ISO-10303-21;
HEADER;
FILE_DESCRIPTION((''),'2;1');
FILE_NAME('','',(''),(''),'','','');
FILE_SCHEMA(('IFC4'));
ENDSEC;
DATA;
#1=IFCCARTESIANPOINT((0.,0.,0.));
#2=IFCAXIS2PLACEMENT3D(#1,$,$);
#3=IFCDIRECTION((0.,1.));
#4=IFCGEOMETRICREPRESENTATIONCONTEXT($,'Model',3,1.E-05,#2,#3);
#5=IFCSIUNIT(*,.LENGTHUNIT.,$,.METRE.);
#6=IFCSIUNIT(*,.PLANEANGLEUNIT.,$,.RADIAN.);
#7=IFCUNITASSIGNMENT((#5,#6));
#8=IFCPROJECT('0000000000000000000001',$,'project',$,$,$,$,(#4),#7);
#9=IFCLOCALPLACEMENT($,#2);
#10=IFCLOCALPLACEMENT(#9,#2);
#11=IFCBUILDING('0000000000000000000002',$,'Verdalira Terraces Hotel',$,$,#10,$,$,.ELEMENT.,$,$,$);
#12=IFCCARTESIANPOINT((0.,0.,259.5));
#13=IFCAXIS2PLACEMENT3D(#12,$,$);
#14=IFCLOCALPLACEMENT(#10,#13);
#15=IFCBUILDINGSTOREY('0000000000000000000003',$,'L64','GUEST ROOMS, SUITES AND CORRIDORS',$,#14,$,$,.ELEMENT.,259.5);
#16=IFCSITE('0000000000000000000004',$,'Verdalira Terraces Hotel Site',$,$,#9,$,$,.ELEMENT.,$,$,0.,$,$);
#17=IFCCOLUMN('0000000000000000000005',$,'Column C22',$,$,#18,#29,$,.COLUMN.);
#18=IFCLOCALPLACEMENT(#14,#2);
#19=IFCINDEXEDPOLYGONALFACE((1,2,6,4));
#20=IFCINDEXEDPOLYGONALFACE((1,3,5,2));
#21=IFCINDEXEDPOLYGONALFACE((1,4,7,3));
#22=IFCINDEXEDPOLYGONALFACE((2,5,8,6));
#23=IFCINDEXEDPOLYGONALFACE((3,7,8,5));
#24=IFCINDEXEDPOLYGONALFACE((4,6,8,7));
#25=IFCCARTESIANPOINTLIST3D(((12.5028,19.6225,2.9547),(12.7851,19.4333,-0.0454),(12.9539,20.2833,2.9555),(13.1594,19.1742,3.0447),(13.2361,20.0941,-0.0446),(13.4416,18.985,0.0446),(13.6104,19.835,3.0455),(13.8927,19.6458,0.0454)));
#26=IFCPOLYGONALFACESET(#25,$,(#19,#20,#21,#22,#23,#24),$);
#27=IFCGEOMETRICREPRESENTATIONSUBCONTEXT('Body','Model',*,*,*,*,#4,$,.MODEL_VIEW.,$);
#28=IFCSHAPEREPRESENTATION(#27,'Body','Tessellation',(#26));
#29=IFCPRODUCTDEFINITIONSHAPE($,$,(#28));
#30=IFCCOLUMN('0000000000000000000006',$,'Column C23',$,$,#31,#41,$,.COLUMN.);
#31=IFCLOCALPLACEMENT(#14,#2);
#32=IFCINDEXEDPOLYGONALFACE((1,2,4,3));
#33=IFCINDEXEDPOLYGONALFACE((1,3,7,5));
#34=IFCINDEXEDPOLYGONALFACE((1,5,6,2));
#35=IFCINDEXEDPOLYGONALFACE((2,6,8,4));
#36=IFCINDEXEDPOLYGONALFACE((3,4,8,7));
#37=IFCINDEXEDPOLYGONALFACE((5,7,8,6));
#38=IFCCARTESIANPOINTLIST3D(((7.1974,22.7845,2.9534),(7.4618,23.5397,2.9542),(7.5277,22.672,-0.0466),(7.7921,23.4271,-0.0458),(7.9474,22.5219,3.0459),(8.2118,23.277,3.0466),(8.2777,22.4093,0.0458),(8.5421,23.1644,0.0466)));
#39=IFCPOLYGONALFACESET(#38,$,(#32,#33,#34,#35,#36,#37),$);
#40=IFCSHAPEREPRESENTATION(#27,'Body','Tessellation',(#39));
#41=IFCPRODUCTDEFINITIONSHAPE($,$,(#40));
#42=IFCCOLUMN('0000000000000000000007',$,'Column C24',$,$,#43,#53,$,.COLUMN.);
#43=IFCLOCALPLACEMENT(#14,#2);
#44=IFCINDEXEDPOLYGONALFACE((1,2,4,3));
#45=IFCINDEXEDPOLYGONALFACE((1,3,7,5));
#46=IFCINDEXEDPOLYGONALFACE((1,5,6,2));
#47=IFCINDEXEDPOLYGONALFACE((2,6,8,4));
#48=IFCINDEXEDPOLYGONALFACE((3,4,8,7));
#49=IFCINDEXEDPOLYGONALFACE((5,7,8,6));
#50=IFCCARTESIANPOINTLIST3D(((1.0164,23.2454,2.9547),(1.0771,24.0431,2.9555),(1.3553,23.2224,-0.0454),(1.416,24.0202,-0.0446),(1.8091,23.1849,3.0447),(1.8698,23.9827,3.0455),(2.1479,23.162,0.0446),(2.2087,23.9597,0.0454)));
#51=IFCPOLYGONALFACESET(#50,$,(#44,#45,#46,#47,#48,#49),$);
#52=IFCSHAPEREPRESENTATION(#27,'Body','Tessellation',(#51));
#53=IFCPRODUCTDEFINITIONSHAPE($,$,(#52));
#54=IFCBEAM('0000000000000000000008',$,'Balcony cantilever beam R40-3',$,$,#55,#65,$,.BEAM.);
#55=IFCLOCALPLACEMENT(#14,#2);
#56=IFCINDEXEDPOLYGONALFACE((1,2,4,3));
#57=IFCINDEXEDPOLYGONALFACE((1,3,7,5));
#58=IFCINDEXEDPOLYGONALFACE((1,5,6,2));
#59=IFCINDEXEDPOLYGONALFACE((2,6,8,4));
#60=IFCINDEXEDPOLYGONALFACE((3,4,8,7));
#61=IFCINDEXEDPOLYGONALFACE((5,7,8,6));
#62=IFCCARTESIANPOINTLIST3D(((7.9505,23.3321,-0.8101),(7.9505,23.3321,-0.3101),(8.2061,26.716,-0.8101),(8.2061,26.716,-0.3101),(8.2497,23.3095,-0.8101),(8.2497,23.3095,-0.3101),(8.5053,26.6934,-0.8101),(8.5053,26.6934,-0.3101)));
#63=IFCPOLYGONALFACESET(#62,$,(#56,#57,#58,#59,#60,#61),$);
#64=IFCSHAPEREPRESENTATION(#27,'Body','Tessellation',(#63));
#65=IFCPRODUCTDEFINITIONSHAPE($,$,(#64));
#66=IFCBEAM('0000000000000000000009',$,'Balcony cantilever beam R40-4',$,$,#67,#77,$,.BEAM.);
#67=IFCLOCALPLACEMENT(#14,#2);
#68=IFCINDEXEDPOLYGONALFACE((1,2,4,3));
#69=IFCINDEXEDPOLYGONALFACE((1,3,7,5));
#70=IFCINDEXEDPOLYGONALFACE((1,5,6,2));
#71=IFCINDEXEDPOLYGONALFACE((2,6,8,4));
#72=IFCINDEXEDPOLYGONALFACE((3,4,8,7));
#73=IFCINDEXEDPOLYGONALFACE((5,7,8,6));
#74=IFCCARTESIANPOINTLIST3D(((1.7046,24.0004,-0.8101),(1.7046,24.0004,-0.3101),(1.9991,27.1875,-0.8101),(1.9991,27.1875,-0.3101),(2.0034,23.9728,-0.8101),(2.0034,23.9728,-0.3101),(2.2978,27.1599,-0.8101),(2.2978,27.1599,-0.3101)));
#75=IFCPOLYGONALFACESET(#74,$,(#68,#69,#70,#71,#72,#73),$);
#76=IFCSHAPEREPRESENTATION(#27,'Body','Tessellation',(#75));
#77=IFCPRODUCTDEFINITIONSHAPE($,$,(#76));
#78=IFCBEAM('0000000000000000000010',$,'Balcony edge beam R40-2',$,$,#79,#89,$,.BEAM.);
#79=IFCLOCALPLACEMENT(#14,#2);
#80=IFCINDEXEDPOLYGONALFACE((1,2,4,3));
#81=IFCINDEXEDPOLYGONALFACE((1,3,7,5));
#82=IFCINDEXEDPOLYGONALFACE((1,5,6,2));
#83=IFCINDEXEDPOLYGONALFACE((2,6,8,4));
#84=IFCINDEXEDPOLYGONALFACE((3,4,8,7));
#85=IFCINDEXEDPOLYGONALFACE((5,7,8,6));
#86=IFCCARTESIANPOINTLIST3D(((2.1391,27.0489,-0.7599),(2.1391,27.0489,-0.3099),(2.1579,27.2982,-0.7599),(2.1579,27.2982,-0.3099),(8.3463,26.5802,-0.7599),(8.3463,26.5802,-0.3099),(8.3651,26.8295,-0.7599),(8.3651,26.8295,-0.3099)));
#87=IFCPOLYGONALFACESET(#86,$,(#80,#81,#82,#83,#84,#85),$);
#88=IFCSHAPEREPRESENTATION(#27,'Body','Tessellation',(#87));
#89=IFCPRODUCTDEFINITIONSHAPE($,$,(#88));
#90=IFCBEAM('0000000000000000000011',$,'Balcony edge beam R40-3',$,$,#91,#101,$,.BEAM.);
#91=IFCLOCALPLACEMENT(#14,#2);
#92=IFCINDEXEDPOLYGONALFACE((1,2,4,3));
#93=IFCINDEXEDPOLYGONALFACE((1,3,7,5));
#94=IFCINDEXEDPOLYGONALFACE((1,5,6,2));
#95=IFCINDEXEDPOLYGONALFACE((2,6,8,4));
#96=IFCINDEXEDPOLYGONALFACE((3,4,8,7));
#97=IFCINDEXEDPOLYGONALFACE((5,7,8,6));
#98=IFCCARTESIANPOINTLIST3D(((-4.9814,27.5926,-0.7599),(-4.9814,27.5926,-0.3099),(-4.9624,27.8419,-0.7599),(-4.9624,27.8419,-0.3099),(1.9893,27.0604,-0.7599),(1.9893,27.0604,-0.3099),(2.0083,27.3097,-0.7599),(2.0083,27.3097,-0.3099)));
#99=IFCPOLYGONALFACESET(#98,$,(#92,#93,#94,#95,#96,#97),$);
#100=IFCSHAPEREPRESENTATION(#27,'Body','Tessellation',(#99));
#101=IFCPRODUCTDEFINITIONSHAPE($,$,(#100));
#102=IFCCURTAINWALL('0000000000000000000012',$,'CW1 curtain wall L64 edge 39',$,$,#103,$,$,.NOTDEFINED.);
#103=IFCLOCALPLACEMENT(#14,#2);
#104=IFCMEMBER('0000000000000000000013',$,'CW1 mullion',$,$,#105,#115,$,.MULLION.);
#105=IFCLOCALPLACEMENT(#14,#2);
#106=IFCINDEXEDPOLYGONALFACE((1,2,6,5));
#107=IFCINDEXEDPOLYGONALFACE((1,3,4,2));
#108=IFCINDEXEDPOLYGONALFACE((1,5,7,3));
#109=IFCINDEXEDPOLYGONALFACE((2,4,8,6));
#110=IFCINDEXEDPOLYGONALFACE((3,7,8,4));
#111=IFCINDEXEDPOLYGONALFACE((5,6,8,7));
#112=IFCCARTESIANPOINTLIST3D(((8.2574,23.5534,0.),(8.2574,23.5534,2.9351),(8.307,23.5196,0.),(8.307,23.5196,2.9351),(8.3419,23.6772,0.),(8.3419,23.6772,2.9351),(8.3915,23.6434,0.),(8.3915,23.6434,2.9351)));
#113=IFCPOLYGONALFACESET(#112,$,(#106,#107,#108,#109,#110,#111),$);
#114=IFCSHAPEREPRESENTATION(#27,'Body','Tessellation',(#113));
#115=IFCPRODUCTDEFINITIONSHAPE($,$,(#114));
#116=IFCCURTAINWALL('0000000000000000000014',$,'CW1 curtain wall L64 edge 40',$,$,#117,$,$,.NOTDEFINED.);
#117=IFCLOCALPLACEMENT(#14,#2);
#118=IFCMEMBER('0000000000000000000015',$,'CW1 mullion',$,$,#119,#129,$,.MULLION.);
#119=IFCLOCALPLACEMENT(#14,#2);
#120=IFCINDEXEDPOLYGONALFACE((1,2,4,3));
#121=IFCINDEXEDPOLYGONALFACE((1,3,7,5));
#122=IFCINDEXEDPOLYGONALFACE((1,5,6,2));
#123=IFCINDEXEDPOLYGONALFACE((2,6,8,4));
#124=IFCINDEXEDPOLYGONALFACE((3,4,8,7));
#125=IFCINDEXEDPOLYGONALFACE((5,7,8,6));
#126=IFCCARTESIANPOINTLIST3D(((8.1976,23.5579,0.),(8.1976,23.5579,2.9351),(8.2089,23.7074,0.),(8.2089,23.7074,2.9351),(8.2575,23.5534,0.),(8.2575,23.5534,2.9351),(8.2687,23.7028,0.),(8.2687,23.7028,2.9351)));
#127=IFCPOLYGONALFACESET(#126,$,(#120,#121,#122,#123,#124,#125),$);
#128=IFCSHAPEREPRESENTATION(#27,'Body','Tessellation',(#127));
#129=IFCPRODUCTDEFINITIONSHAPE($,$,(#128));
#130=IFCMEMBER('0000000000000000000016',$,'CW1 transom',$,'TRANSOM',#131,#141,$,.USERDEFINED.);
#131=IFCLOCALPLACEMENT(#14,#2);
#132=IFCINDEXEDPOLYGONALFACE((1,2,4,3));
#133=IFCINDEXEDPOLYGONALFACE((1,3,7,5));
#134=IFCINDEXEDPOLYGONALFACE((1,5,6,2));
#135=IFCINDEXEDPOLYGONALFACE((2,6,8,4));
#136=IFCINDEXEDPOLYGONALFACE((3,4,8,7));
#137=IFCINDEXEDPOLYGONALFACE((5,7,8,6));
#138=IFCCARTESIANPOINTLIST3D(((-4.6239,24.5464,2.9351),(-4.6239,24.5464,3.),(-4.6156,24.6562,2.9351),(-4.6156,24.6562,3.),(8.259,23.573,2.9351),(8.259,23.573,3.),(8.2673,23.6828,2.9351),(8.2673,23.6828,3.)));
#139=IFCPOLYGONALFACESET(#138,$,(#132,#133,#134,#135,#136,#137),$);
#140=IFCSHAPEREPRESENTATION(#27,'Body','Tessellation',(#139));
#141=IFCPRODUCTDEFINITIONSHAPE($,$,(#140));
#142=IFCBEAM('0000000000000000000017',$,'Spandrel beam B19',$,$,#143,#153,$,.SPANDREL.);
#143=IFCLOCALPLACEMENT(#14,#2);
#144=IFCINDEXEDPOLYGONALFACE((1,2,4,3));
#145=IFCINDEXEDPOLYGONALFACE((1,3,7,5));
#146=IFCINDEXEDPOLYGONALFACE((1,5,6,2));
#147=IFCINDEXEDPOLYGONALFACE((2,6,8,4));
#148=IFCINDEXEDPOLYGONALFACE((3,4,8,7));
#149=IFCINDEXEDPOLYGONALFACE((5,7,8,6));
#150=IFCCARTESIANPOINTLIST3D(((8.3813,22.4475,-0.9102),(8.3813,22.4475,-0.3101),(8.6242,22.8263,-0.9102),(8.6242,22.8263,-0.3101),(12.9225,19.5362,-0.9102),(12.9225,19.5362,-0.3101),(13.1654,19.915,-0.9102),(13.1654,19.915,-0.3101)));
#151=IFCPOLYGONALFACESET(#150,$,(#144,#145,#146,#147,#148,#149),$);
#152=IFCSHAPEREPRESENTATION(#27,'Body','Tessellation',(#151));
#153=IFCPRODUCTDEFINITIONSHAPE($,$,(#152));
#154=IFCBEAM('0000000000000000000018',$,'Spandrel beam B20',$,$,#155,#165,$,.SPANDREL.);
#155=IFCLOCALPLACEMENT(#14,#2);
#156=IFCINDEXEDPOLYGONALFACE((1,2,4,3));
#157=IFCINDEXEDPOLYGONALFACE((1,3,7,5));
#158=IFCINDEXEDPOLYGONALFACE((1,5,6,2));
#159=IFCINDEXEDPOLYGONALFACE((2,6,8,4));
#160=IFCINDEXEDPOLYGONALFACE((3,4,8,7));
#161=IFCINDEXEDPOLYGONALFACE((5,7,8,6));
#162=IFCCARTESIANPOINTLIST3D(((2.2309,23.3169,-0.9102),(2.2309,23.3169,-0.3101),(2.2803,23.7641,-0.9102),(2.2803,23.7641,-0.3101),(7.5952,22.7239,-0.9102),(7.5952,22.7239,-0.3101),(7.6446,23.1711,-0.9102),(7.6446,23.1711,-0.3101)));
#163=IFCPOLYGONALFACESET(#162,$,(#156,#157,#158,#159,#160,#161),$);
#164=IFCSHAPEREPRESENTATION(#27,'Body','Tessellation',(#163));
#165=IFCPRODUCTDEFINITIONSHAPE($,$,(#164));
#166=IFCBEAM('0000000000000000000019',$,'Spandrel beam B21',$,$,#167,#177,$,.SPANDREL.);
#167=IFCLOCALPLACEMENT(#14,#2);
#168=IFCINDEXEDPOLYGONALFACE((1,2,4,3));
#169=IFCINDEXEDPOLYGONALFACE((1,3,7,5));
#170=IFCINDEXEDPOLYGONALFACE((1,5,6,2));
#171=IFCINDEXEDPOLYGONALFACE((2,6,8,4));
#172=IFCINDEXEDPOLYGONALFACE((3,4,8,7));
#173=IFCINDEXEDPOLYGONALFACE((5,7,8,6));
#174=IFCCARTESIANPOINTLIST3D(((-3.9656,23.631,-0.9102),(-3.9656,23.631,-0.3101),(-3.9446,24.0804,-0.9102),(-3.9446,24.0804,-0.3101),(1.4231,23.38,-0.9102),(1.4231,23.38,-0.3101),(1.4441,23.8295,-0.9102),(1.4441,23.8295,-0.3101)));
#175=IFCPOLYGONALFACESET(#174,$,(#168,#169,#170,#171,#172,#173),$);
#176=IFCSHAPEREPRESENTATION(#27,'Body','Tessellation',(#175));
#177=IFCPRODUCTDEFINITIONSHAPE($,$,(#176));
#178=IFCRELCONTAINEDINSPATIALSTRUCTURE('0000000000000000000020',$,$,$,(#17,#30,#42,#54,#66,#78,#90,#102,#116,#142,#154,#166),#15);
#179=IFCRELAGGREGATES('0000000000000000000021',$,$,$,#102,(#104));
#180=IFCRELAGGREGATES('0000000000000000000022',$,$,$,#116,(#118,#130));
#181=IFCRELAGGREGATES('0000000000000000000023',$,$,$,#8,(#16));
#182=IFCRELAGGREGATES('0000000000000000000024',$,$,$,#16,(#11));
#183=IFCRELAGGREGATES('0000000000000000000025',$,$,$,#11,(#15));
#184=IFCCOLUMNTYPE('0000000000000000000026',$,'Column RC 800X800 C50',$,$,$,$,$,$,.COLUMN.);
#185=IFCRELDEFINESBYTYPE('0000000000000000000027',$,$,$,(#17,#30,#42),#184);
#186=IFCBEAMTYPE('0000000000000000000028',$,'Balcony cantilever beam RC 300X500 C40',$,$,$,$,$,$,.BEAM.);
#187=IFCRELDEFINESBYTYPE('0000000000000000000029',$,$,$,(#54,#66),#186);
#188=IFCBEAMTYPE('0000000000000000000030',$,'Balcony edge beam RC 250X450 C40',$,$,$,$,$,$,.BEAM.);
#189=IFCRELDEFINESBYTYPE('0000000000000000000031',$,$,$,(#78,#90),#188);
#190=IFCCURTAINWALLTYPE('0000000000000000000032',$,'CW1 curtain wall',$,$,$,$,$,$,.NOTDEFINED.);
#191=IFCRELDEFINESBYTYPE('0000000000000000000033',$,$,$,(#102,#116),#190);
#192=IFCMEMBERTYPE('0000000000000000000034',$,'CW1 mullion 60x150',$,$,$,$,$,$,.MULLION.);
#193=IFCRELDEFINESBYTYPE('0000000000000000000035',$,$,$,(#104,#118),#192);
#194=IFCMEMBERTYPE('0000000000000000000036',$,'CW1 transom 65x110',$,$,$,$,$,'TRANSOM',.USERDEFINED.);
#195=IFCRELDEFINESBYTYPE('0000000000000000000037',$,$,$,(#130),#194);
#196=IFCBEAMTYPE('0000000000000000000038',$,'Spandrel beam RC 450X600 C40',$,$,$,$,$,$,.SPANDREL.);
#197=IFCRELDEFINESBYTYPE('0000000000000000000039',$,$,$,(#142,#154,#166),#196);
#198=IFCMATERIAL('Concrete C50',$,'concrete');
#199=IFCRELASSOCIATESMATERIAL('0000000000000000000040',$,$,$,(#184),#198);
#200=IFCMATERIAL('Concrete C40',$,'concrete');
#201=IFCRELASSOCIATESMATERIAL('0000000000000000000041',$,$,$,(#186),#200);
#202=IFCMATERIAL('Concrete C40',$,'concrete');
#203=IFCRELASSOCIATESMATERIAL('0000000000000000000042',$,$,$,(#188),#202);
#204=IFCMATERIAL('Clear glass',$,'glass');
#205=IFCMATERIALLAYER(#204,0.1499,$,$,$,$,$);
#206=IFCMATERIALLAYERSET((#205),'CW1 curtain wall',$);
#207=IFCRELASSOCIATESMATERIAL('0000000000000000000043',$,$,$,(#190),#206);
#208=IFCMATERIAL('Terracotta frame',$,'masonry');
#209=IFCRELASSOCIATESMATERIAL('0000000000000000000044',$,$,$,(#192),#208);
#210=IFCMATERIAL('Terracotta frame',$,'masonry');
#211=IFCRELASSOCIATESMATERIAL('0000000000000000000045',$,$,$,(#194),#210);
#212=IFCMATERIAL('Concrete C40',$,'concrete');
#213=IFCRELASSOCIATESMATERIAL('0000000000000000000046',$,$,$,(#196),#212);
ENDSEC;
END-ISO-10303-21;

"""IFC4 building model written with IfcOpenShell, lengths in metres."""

from ifc_helpers import new_model, si_unit, direction, frame, origin, origin_2d, place, context, subcontext, project, spatial, rectangle, extrude, material, layer, layer_set, material_profile, profile_set, type_object, element, aggregate, save


model = new_model("IFC4")

# Units and contexts
model_context = context("Model", 3, precision=1e-05, world=origin(), true_north=direction((0.0, 1.0)))
body_context = subcontext(model_context, "Body", "Model", "MODEL_VIEW")
ifc_project = project(units=[si_unit("LENGTHUNIT", "METRE"), si_unit("PLANEANGLEUNIT", "RADIAN")], contexts=[model_context])

# Site, building, storey
site_placement = place(None, origin())
site = spatial("IfcSite", under=ifc_project, at=site_placement, Name="Verdalira Terraces Hotel Site", CompositionType="ELEMENT", RefElevation=0.0)
building_placement = place(site_placement, origin())
building = spatial("IfcBuilding", under=site, at=building_placement, Name="Verdalira Terraces Hotel", CompositionType="ELEMENT")
storey_placement = place(building_placement, frame((0.0, 0.0, 259.5)))
storey = spatial("IfcBuildingStorey", under=building, at=storey_placement, Name="L64", Description="GUEST ROOMS, SUITES AND CORRIDORS", CompositionType="ELEMENT", Elevation=259.5)

# Columns
ifc_material_1 = material(Name="Concrete C50", Category="concrete")
ifc_material_profile_1 = material_profile(ifc_material_1, rectangle(XDim=0.8, YDim=0.8, at=origin_2d()), Name="RC 800X800")
ifc_profile_set_1 = profile_set([ifc_material_profile_1], Name="Concrete C50")
column_type = type_object("IfcColumnType", Name="Column RC 800X800 C50", PredefinedType="COLUMN", material=ifc_profile_set_1)
column_1_placement = place(storey_placement, frame((13.3389, 19.5396, 0.0), z_axis=(-0.093478, 0.062669, 0.993647), x_axis=(-0.820609, 0.5603, -0.112537)))
element("IfcColumn", 1, at=column_1_placement, inside=storey, type_object=column_type, Name="Column C22", PredefinedType="COLUMN", context=body_context, shape_type="SweptSolid", body=[
    extrude(rectangle(XDim=0.8, YDim=0.8, at=origin_2d()), origin(), (0.0, 0.0, 1.0), 3.0193),
])
column_2_placement = place(storey_placement, frame((8.0349, 22.9182, 0.0), z_axis=(-0.10937, 0.037265, 0.993302), x_axis=(0.93747, -0.328328, 0.11554)))
element("IfcColumn", 2, at=column_2_placement, inside=storey, type_object=column_type, Name="Column C23", PredefinedType="COLUMN", context=body_context, shape_type="SweptSolid", body=[
    extrude(rectangle(XDim=0.8, YDim=0.8, at=origin_2d()), origin(), (0.0, 0.0, 1.0), 3.0203),
])
column_3_placement = place(storey_placement, frame((1.782, 23.5911, 0.0), z_axis=(-0.112239, 0.007601, 0.993652), x_axis=(-0.990776, 0.07555, -0.112492)))
element("IfcColumn", 3, at=column_3_placement, inside=storey, type_object=column_type, Name="Column C24", PredefinedType="COLUMN", context=body_context, shape_type="SweptSolid", body=[
    extrude(rectangle(XDim=0.8, YDim=0.8, at=origin_2d()), origin(), (0.0, 0.0, 1.0), 3.0193),
])

# Beams
ifc_material_2 = material(Name="Concrete C40", Category="concrete")
ifc_material_profile_2 = material_profile(ifc_material_2, rectangle(XDim=0.3, YDim=0.5, at=origin_2d()), Name="RC 300X500")
ifc_profile_set_2 = profile_set([ifc_material_profile_2], Name="Concrete C40")
beam_type_1 = type_object("IfcBeamType", Name="Balcony cantilever beam RC 300X500 C40", PredefinedType="BEAM", material=ifc_profile_set_2)
beam_1_placement = place(storey_placement, frame((8.1001, 23.3208, -0.5601), z_axis=(0.075321, 0.997159, 0.0), x_axis=(-0.997159, 0.075321, 0.0)))
element("IfcBeam", 4, at=beam_1_placement, inside=storey, type_object=beam_type_1, Name="Balcony cantilever beam R40-3", PredefinedType="BEAM", context=body_context, shape_type="SweptSolid", body=[
    extrude(rectangle(XDim=0.3, YDim=0.5, at=origin_2d()), origin(), (0.0, 0.0, 1.0), 3.3936),
])
beam_2_placement = place(storey_placement, frame((1.854, 23.9866, -0.5601), z_axis=(0.091994, 0.99576, 0.0), x_axis=(-0.99576, 0.091994, 0.0)))
element("IfcBeam", 5, at=beam_2_placement, inside=storey, type_object=beam_type_1, Name="Balcony cantilever beam R40-4", PredefinedType="BEAM", context=body_context, shape_type="SweptSolid", body=[
    extrude(rectangle(XDim=0.3, YDim=0.5, at=origin_2d()), origin(), (0.0, 0.0, 1.0), 3.2007),
])
ifc_material_3 = material(Name="Concrete C40", Category="concrete")
ifc_material_profile_3 = material_profile(ifc_material_3, rectangle(XDim=0.25, YDim=0.45, at=origin_2d()), Name="RC 250X450")
ifc_profile_set_3 = profile_set([ifc_material_profile_3], Name="Concrete C40")
beam_type_2 = type_object("IfcBeamType", Name="Balcony edge beam RC 250X450 C40", PredefinedType="BEAM", material=ifc_profile_set_3)
beam_3_placement = place(storey_placement, frame((8.3557, 26.7048, -0.5349), z_axis=(-0.997161, 0.075302, 0.0), x_axis=(-0.075302, -0.997161, 0.0)))
element("IfcBeam", 6, at=beam_3_placement, inside=storey, type_object=beam_type_2, Name="Balcony edge beam R40-2", PredefinedType="BEAM", context=body_context, shape_type="SweptSolid", body=[
    extrude(rectangle(XDim=0.25, YDim=0.45, at=origin_2d()), origin(), (0.0, 0.0, 1.0), 6.2249),
])
beam_4_placement = place(storey_placement, frame((1.9988, 27.1851, -0.5349), z_axis=(-0.997098, 0.07613, 0.0), x_axis=(-0.07613, -0.997098, 0.0)))
element("IfcBeam", 7, at=beam_4_placement, inside=storey, type_object=beam_type_2, Name="Balcony edge beam R40-3", PredefinedType="BEAM", context=body_context, shape_type="SweptSolid", body=[
    extrude(rectangle(XDim=0.25, YDim=0.45, at=origin_2d()), origin(), (0.0, 0.0, 1.0), 6.991),
])

# Curtain wall, member
ifc_material_4 = material(Name="Clear glass", Category="glass")
ifc_layer_1 = layer(ifc_material_4, 0.1499)
ifc_layer_set_1 = layer_set([ifc_layer_1], Name="CW1 curtain wall")
curtain_wall_type_1 = type_object("IfcCurtainWallType", Name="CW1 curtain wall", PredefinedType="NOTDEFINED", material=ifc_layer_set_1)
curtain_wall_1_placement = place(storey_placement, origin())
curtain_wall_1 = element("IfcCurtainWall", 8, at=curtain_wall_1_placement, inside=storey, type_object=curtain_wall_type_1, Name="CW1 curtain wall L64 edge 39", PredefinedType="NOTDEFINED")
ifc_material_5 = material(Name="Terracotta frame", Category="masonry")
ifc_material_profile_4 = material_profile(ifc_material_5, rectangle(XDim=0.0601, YDim=0.1499, at=origin_2d()), Name="MU 60x150")
ifc_profile_set_4 = profile_set([ifc_material_profile_4], Name="Terracotta frame")
member_type_1 = type_object("IfcMemberType", Name="CW1 mullion 60x150", PredefinedType="MULLION", material=ifc_profile_set_4)
member_1_placement = place(storey_placement, frame((8.3245, 23.5984, 0.0), z_axis=(0.0, 0.0, 1.0), x_axis=(-0.825902, 0.563814, 0.0)))
member_1 = element("IfcMember", 9, at=member_1_placement, type_object=member_type_1, Name="CW1 mullion", PredefinedType="MULLION", context=body_context, shape_type="SweptSolid", body=[
    extrude(rectangle(XDim=0.0601, YDim=0.1499, at=origin_2d()), origin(), (0.0, 0.0, 1.0), 2.9351),
])

# Curtain wall, members
curtain_wall_2_placement = place(storey_placement, origin())
curtain_wall_2 = element("IfcCurtainWall", 10, at=curtain_wall_2_placement, inside=storey, type_object=curtain_wall_type_1, Name="CW1 curtain wall L64 edge 40", PredefinedType="NOTDEFINED")
member_2_placement = place(storey_placement, frame((8.2332, 23.6304, 0.0), z_axis=(0.0, 0.0, 1.0), x_axis=(-0.997159, 0.075327, 0.0)))
member_2 = element("IfcMember", 11, at=member_2_placement, type_object=member_type_1, Name="CW1 mullion", PredefinedType="MULLION", context=body_context, shape_type="SweptSolid", body=[
    extrude(rectangle(XDim=0.0601, YDim=0.1499, at=origin_2d()), origin(), (0.0, 0.0, 1.0), 2.9351),
])
ifc_material_6 = material(Name="Terracotta frame", Category="masonry")
ifc_material_profile_5 = material_profile(ifc_material_6, rectangle(XDim=0.1101, YDim=0.0649, at=origin_2d()), Name="TR 65x110")
ifc_profile_set_5 = profile_set([ifc_material_profile_5], Name="Terracotta frame")
member_type_2 = type_object("IfcMemberType", Name="CW1 transom 65x110", ElementType="TRANSOM", PredefinedType="USERDEFINED", material=ifc_profile_set_5)
member_3_placement = place(storey_placement, frame((8.2632, 23.6279, 2.9675), z_axis=(-0.997158, 0.075341, 0.0), x_axis=(-0.075341, -0.997158, 0.0)))
member_3 = element("IfcMember", 12, at=member_3_placement, type_object=member_type_2, Name="CW1 transom", ObjectType="TRANSOM", PredefinedType="USERDEFINED", context=body_context, shape_type="SweptSolid", body=[
    extrude(rectangle(XDim=0.1101, YDim=0.0649, at=origin_2d()), origin(), (0.0, 0.0, 1.0), 12.9197),
])

# Beams
ifc_material_7 = material(Name="Concrete C40", Category="concrete")
ifc_material_profile_6 = material_profile(ifc_material_7, rectangle(XDim=0.45, YDim=0.6001, at=origin_2d()), Name="RC 450X600")
ifc_profile_set_6 = profile_set([ifc_material_profile_6], Name="Concrete C40")
beam_type_3 = type_object("IfcBeamType", Name="Spandrel beam RC 450X600 C40", PredefinedType="SPANDREL", material=ifc_profile_set_6)
beam_5_placement = place(storey_placement, frame((13.0439, 19.7256, -0.6101), z_axis=(-0.841853, 0.539707, 0.0), x_axis=(-0.539707, -0.841853, 0.0)))
element("IfcBeam", 13, at=beam_5_placement, inside=storey, type_object=beam_type_3, Name="Spandrel beam B19", PredefinedType="SPANDREL", context=body_context, shape_type="SweptSolid", body=[
    extrude(rectangle(XDim=0.45, YDim=0.6001, at=origin_2d()), origin(), (0.0, 0.0, 1.0), 5.3943),
])
beam_6_placement = place(storey_placement, frame((7.6199, 22.9475, -0.6101), z_axis=(-0.993945, 0.10988, 0.0), x_axis=(-0.10988, -0.993945, 0.0)))
element("IfcBeam", 14, at=beam_6_placement, inside=storey, type_object=beam_type_3, Name="Spandrel beam B20", PredefinedType="SPANDREL", context=body_context, shape_type="SweptSolid", body=[
    extrude(rectangle(XDim=0.45, YDim=0.6001, at=origin_2d()), origin(), (0.0, 0.0, 1.0), 5.397),
])
beam_7_placement = place(storey_placement, frame((1.4336, 23.6047, -0.6101), z_axis=(-0.998917, 0.046524, 0.0), x_axis=(-0.046524, -0.998917, 0.0)))
element("IfcBeam", 15, at=beam_7_placement, inside=storey, type_object=beam_type_3, Name="Spandrel beam B21", PredefinedType="SPANDREL", context=body_context, shape_type="SweptSolid", body=[
    extrude(rectangle(XDim=0.45, YDim=0.6001, at=origin_2d()), origin(), (0.0, 0.0, 1.0), 5.3945),
])

aggregate(curtain_wall_1, [member_1])
aggregate(curtain_wall_2, [member_2, member_3])

save(model, "model.ifc")
